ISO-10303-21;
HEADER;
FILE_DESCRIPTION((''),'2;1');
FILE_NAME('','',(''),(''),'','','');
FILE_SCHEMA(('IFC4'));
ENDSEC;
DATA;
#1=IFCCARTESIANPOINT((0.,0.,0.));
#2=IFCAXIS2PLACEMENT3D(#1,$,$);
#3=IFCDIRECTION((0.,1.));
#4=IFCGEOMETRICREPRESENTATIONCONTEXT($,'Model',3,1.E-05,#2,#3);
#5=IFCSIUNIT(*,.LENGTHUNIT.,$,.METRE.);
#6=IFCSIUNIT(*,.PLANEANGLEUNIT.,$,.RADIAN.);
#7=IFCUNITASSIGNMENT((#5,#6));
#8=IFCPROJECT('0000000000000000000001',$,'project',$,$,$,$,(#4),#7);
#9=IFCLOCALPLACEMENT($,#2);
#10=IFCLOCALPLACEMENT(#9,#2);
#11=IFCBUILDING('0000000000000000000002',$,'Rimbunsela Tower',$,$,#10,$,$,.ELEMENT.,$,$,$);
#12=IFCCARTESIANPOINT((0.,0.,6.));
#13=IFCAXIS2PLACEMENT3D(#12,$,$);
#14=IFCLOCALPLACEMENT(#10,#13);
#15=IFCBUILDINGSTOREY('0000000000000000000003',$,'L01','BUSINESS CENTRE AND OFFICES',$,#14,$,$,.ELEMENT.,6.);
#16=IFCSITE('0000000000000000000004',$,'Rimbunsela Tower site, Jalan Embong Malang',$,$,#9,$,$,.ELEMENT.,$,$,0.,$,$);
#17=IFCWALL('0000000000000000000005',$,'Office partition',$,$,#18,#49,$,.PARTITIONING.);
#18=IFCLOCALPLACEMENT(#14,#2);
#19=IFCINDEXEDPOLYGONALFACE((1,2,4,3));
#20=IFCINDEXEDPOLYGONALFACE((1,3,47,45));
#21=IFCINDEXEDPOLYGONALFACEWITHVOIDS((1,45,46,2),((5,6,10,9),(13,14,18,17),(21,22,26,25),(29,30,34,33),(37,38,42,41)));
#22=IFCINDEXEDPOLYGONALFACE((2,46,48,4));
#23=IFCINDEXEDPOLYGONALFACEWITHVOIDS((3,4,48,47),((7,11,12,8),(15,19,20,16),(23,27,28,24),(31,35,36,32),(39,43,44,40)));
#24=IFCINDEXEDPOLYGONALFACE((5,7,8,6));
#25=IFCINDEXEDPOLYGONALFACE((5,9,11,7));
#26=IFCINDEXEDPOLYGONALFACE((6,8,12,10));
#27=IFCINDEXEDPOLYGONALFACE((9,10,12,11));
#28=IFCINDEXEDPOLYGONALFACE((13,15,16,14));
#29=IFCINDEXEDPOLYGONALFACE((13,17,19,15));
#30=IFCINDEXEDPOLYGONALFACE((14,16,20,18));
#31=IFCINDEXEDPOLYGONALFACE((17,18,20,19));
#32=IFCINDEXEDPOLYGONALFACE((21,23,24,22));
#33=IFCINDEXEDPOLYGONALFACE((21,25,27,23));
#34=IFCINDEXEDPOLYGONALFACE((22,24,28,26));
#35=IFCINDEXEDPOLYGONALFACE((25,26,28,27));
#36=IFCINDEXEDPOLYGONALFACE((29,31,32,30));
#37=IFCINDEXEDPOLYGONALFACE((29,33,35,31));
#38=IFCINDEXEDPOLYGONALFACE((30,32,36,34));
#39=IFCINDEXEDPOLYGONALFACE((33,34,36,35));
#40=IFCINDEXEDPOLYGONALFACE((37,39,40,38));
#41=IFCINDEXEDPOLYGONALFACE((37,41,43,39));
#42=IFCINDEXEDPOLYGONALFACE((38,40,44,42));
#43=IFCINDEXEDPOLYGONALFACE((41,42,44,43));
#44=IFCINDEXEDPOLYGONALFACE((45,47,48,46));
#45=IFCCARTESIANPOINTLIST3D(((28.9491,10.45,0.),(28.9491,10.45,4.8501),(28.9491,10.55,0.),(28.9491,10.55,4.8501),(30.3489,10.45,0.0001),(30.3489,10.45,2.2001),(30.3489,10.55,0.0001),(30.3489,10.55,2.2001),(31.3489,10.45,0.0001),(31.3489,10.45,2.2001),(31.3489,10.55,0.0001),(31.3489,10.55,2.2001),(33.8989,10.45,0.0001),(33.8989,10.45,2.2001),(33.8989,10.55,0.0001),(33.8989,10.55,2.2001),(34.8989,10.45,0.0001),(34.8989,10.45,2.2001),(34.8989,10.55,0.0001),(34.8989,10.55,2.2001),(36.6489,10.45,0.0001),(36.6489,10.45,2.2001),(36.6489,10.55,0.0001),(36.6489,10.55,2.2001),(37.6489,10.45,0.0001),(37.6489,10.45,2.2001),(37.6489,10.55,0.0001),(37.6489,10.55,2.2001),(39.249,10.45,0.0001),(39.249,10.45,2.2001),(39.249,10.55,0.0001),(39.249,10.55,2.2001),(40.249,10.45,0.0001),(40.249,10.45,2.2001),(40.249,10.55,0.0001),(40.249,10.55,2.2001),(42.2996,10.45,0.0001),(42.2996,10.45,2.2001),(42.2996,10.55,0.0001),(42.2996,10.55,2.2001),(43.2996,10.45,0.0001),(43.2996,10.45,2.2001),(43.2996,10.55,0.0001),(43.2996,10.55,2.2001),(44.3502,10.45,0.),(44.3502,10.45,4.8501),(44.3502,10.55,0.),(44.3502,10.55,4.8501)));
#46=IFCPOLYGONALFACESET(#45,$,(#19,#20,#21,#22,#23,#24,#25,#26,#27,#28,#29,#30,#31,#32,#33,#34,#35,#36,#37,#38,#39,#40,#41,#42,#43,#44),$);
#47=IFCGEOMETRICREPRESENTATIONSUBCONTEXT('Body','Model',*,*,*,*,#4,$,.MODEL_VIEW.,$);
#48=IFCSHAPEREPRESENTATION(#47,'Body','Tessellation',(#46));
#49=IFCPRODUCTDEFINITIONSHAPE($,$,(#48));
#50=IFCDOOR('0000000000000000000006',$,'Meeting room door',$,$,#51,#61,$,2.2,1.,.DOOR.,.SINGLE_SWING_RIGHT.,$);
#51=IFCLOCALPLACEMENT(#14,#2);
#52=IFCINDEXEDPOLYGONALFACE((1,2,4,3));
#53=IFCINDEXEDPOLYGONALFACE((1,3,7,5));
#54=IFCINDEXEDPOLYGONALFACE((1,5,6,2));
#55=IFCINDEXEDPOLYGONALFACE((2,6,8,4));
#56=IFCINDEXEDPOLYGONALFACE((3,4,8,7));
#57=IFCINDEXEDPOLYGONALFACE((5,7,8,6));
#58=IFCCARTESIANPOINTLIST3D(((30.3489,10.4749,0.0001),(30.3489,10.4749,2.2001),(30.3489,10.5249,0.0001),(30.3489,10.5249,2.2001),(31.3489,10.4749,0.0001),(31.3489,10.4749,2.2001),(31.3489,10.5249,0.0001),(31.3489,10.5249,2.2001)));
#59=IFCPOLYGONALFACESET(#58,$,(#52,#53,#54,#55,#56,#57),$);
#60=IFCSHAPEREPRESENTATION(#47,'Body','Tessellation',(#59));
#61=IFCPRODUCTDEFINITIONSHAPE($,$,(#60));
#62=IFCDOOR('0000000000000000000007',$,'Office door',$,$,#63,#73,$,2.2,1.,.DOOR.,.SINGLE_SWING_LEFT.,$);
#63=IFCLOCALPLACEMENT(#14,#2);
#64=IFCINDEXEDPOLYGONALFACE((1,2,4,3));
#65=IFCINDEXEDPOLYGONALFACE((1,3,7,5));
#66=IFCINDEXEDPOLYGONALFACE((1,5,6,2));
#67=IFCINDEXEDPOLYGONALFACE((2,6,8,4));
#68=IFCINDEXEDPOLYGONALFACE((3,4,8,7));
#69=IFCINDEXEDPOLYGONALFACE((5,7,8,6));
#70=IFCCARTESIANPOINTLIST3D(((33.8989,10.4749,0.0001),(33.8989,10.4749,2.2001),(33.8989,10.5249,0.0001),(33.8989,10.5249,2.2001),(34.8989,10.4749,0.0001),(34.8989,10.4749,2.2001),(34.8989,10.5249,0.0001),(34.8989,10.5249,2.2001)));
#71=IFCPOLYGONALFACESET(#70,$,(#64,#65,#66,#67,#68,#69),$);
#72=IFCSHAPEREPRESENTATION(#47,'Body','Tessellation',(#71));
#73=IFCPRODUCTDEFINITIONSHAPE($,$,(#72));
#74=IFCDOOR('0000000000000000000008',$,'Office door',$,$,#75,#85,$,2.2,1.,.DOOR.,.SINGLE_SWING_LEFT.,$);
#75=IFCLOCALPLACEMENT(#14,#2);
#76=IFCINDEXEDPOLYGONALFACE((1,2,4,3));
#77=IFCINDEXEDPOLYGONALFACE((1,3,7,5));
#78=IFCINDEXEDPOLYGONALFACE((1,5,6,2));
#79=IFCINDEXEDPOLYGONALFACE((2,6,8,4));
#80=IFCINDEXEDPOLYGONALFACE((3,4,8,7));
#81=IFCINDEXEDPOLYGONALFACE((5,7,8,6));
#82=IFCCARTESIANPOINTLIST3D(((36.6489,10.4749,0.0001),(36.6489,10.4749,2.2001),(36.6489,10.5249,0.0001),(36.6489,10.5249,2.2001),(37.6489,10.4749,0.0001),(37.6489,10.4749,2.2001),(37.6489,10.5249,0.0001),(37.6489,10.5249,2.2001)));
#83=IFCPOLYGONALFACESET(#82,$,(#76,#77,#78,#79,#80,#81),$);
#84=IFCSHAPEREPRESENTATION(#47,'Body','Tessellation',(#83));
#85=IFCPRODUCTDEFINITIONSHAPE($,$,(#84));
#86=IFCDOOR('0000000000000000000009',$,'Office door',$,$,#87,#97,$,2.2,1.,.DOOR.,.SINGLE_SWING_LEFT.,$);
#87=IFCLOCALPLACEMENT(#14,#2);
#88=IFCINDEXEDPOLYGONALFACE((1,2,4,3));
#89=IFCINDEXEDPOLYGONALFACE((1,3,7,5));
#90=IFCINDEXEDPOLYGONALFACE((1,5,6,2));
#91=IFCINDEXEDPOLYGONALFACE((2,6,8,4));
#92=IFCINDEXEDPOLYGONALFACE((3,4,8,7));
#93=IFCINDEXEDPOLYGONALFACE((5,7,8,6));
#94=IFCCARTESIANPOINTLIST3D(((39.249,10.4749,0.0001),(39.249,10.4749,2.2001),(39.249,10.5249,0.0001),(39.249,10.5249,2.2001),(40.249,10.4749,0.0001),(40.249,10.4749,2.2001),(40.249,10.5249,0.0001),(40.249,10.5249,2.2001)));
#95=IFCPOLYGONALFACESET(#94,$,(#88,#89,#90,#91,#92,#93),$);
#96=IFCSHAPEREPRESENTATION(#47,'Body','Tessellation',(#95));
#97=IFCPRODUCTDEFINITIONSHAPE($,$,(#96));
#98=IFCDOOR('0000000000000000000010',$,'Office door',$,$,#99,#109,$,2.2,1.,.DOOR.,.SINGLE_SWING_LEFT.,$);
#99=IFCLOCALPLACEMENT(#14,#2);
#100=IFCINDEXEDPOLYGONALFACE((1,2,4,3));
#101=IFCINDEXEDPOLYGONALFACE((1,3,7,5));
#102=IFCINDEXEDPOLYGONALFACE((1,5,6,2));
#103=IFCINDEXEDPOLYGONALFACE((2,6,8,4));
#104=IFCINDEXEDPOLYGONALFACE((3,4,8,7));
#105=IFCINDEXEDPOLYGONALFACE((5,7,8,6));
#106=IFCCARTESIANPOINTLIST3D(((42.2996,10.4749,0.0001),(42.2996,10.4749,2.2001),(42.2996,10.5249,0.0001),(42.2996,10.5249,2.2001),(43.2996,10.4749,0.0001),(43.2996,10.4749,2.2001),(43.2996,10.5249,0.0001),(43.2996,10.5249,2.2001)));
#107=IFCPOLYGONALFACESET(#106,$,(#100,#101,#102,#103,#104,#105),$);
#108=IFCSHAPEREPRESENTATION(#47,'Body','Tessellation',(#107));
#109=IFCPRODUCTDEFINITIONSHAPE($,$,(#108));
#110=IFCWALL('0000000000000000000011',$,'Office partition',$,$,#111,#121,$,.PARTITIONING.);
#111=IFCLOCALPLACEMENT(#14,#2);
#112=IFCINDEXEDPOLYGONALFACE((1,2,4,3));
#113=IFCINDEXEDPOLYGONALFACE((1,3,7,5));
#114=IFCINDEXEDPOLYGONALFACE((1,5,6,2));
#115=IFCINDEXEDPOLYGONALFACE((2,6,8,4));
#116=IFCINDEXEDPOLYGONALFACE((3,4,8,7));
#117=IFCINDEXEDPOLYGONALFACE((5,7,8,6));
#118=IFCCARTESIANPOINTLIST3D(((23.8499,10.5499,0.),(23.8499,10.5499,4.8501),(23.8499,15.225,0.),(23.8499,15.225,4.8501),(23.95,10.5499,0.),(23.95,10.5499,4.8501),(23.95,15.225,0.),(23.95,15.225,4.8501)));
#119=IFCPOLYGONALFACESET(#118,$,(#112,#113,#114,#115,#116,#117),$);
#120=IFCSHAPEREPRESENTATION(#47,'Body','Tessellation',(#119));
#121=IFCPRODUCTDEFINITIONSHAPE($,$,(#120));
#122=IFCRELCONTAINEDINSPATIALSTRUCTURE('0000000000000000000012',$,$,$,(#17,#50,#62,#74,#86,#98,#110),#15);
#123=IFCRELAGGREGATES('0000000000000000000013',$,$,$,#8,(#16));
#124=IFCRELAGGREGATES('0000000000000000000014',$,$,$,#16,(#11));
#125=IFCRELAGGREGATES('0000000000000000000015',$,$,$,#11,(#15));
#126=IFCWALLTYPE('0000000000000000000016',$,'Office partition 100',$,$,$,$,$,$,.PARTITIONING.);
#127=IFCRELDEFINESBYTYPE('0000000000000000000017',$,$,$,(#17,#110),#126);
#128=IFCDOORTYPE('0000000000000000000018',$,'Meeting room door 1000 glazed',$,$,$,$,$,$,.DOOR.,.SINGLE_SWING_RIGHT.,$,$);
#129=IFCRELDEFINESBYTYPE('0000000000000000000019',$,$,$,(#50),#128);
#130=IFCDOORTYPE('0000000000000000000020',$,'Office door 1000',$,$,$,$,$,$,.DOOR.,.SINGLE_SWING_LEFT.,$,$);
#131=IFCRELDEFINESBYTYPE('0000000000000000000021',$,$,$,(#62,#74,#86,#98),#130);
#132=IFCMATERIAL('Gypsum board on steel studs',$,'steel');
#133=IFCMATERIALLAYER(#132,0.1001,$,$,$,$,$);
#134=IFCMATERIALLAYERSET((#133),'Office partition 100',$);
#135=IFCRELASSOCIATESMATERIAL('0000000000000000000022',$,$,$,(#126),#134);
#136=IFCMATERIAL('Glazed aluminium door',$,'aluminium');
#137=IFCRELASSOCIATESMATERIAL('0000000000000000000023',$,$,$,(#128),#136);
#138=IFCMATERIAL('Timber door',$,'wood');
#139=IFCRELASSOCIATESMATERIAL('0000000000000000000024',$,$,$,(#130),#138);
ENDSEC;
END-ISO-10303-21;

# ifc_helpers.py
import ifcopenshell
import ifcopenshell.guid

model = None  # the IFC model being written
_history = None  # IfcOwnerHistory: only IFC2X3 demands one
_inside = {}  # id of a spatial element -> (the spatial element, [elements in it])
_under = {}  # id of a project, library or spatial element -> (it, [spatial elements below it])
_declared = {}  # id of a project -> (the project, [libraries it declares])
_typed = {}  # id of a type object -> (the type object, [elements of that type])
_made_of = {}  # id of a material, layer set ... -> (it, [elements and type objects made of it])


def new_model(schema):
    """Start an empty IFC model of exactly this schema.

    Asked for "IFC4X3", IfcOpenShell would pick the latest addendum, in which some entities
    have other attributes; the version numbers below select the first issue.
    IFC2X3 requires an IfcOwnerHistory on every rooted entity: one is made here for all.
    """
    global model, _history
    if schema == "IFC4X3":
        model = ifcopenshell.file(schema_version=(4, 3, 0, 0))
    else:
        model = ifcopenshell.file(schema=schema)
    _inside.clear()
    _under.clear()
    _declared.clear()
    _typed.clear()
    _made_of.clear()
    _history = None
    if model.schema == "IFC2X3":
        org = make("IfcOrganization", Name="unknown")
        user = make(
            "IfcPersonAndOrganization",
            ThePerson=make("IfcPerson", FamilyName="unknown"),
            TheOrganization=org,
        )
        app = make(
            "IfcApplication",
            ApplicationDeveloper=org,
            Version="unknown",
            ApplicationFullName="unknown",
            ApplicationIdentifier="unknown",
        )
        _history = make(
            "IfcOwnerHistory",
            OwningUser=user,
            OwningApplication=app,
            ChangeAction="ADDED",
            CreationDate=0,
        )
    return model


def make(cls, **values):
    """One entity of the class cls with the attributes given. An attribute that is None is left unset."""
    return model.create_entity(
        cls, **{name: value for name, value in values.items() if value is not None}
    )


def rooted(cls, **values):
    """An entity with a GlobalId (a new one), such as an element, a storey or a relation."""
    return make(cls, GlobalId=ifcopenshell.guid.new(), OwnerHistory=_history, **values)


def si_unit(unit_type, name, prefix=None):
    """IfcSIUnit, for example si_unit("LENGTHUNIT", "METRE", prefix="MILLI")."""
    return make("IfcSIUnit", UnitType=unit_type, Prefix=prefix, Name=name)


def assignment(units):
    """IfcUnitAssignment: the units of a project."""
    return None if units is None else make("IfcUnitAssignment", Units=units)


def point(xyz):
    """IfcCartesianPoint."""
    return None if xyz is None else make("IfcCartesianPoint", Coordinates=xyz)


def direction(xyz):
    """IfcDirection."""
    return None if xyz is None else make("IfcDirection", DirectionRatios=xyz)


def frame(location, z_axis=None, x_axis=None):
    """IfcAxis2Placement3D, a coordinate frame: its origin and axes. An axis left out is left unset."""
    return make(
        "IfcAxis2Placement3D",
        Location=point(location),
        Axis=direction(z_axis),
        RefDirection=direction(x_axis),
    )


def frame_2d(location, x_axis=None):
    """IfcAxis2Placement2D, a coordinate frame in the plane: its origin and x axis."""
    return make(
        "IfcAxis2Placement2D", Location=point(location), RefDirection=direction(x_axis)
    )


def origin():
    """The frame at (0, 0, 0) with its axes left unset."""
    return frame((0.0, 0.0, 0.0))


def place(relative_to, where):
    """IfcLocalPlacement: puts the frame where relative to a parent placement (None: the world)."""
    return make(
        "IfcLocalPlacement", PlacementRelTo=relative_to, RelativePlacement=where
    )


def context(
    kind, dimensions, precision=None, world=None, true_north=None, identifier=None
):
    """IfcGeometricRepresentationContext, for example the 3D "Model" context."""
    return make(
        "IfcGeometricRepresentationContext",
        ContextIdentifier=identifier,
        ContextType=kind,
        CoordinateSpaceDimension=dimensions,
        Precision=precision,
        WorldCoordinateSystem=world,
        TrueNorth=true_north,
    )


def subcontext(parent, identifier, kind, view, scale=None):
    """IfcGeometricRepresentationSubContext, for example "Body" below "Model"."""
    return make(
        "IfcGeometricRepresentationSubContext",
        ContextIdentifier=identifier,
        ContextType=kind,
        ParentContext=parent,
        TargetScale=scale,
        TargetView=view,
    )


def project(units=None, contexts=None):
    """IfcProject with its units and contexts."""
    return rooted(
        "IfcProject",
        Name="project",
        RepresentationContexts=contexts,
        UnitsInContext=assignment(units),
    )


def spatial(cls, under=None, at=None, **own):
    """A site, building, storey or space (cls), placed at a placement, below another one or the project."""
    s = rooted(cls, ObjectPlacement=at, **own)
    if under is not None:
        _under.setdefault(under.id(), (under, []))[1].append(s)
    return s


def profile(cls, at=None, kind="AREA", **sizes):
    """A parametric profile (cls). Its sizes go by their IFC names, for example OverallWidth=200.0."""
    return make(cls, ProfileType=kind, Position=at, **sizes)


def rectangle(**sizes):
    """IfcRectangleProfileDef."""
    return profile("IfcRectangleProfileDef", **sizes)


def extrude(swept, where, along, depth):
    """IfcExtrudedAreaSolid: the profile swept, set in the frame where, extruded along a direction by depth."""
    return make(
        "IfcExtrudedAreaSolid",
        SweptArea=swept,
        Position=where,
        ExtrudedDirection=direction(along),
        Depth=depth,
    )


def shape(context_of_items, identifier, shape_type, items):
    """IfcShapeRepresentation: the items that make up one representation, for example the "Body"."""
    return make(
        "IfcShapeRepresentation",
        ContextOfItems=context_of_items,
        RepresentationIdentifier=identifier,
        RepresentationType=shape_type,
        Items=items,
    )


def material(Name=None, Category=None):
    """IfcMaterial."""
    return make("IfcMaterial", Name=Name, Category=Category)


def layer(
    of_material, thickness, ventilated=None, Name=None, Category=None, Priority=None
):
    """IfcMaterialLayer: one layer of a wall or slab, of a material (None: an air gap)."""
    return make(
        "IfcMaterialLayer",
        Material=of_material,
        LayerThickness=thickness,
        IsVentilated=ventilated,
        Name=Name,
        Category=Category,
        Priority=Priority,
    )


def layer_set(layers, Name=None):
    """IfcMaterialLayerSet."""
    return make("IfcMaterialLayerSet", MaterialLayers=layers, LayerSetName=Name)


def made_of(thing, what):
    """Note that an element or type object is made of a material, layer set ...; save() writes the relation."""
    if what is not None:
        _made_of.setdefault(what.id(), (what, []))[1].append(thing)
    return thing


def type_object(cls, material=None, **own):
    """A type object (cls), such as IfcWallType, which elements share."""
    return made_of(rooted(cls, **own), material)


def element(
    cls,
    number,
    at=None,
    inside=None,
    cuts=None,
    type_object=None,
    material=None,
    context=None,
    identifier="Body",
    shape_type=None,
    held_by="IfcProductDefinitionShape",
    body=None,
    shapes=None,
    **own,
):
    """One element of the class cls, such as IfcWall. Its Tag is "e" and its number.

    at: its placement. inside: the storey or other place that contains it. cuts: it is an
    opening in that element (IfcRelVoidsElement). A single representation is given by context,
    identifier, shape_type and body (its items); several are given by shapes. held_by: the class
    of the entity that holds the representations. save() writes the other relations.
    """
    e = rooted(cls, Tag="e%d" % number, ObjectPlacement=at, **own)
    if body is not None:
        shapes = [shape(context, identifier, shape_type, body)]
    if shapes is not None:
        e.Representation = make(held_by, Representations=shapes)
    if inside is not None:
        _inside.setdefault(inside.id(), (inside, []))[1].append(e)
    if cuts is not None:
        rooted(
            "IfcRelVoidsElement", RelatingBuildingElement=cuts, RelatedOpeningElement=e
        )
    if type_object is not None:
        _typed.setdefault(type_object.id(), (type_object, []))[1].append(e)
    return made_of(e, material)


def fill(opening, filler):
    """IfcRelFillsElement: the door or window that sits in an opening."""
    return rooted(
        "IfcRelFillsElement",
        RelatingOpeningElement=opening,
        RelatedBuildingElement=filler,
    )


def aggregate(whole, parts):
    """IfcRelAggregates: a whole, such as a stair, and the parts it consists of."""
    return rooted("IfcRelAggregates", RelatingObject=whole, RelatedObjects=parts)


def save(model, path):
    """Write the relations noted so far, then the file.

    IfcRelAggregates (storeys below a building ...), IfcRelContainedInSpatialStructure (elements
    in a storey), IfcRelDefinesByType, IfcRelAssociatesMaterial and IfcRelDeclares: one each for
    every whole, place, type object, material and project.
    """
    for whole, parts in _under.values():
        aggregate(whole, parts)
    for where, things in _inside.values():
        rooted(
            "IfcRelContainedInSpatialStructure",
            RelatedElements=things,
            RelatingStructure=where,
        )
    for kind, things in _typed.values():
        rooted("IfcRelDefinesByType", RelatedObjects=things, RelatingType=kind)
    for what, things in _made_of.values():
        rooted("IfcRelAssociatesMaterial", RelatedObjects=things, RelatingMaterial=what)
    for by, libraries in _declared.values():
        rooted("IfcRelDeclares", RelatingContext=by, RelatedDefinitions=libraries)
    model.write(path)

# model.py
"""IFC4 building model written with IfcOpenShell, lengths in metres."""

from ifc_helpers import new_model, si_unit, direction, frame, frame_2d, origin, place, context, subcontext, project, spatial, rectangle, extrude, material, layer, layer_set, type_object, element, fill, save


model = new_model("IFC4")

# Units and contexts
model_context = context("Model", 3, precision=1e-05, world=origin(), true_north=direction((0.0, 1.0)))
body_context = subcontext(model_context, "Body", "Model", "MODEL_VIEW")
ifc_project = project(units=[si_unit("LENGTHUNIT", "METRE"), si_unit("PLANEANGLEUNIT", "RADIAN")], contexts=[model_context])

# Site, building, storey
site_placement = place(None, origin())
site = spatial("IfcSite", under=ifc_project, at=site_placement, Name="Rimbunsela Tower site, Jalan Embong Malang", CompositionType="ELEMENT", RefElevation=0.0)
building_placement = place(site_placement, origin())
building = spatial("IfcBuilding", under=site, at=building_placement, Name="Rimbunsela Tower", CompositionType="ELEMENT")
storey_placement = place(building_placement, frame((0.0, 0.0, 6.0)))
storey = spatial("IfcBuildingStorey", under=building, at=storey_placement, Name="L01", Description="BUSINESS CENTRE AND OFFICES", CompositionType="ELEMENT", Elevation=6.0)

# Wall, openings, doors
ifc_material_1 = material(Name="Gypsum board on steel studs", Category="steel")
ifc_layer = layer(ifc_material_1, 0.1001)
ifc_layer_set = layer_set([ifc_layer], Name="Office partition 100")
wall_type = type_object("IfcWallType", Name="Office partition 100", PredefinedType="PARTITIONING", material=ifc_layer_set)
wall_1_placement = place(storey_placement, frame((28.949, 10.5, 0.0), z_axis=(0.0, 0.0, 1.0), x_axis=(1.0, 0.0, 0.0)))
wall_1 = element("IfcWall", 1, at=wall_1_placement, inside=storey, type_object=wall_type, Name="Office partition", PredefinedType="PARTITIONING", context=body_context, shape_type="SweptSolid", body=[
    extrude(rectangle(XDim=15.4011, YDim=0.1001, at=frame_2d((7.7007, 0.0))), origin(), (0.0, 0.0, 1.0), 4.8501),
])
opening_1_placement = place(wall_1_placement, frame((1.3999, 0.0, 0.0)))
opening_1 = element("IfcOpeningElement", 2, at=opening_1_placement, cuts=wall_1, PredefinedType="OPENING", context=body_context, shape_type="SweptSolid", body=[
    extrude(rectangle(XDim=1.0, YDim=2.2, at=frame_2d((0.5, 1.1001))), frame((0.0, 0.0601, 0.0), z_axis=(0.0, -1.0, 0.0), x_axis=(1.0, 0.0, 0.0)), (0.0, 0.0, 1.0), 0.1201),
])
opening_2_placement = place(wall_1_placement, frame((4.95, 0.0, 0.0)))
opening_2 = element("IfcOpeningElement", 3, at=opening_2_placement, cuts=wall_1, PredefinedType="OPENING", context=body_context, shape_type="SweptSolid", body=[
    extrude(rectangle(XDim=1.0, YDim=2.2, at=frame_2d((0.5, 1.1001))), frame((0.0, 0.0601, 0.0), z_axis=(0.0, -1.0, 0.0), x_axis=(1.0, 0.0, 0.0)), (0.0, 0.0, 1.0), 0.1201),
])
opening_3_placement = place(wall_1_placement, frame((7.7, 0.0, 0.0)))
opening_3 = element("IfcOpeningElement", 4, at=opening_3_placement, cuts=wall_1, PredefinedType="OPENING", context=body_context, shape_type="SweptSolid", body=[
    extrude(rectangle(XDim=1.0, YDim=2.2, at=frame_2d((0.5, 1.1001))), frame((0.0, 0.0601, 0.0), z_axis=(0.0, -1.0, 0.0), x_axis=(1.0, 0.0, 0.0)), (0.0, 0.0, 1.0), 0.1201),
])
opening_4_placement = place(wall_1_placement, frame((10.3, 0.0, 0.0)))
opening_4 = element("IfcOpeningElement", 5, at=opening_4_placement, cuts=wall_1, PredefinedType="OPENING", context=body_context, shape_type="SweptSolid", body=[
    extrude(rectangle(XDim=1.0, YDim=2.2, at=frame_2d((0.5, 1.1001))), frame((0.0, 0.0601, 0.0), z_axis=(0.0, -1.0, 0.0), x_axis=(1.0, 0.0, 0.0)), (0.0, 0.0, 1.0), 0.1201),
])
opening_5_placement = place(wall_1_placement, frame((13.3506, 0.0, 0.0)))
opening_5 = element("IfcOpeningElement", 6, at=opening_5_placement, cuts=wall_1, PredefinedType="OPENING", context=body_context, shape_type="SweptSolid", body=[
    extrude(rectangle(XDim=1.0, YDim=2.2, at=frame_2d((0.5, 1.1001))), frame((0.0, 0.0601, 0.0), z_axis=(0.0, -1.0, 0.0), x_axis=(1.0, 0.0, 0.0)), (0.0, 0.0, 1.0), 0.1201),
])
ifc_material_2 = material(Name="Glazed aluminium door", Category="aluminium")
door_type_1 = type_object("IfcDoorType", Name="Meeting room door 1000 glazed", OperationType="SINGLE_SWING_RIGHT", PredefinedType="DOOR", material=ifc_material_2)
door_1_placement = place(opening_1_placement, origin())
door_1 = element("IfcDoor", 7, at=door_1_placement, inside=storey, type_object=door_type_1, Name="Meeting room door", OperationType="SINGLE_SWING_RIGHT", OverallHeight=2.2, OverallWidth=1.0, PredefinedType="DOOR", context=body_context, shape_type="SweptSolid", body=[
    extrude(rectangle(XDim=1.0, YDim=2.2, at=frame_2d((0.5, 1.1001))), frame((0.0, 0.0249, 0.0), z_axis=(0.0, -1.0, 0.0), x_axis=(1.0, 0.0, 0.0)), (0.0, 0.0, 1.0), 0.05),
])
fill(opening_1, door_1)
ifc_material_3 = material(Name="Timber door", Category="wood")
door_type_2 = type_object("IfcDoorType", Name="Office door 1000", OperationType="SINGLE_SWING_LEFT", PredefinedType="DOOR", material=ifc_material_3)
door_2_placement = place(opening_2_placement, origin())
door_2 = element("IfcDoor", 8, at=door_2_placement, inside=storey, type_object=door_type_2, Name="Office door", OperationType="SINGLE_SWING_LEFT", OverallHeight=2.2, OverallWidth=1.0, PredefinedType="DOOR", context=body_context, shape_type="SweptSolid", body=[
    extrude(rectangle(XDim=1.0, YDim=2.2, at=frame_2d((0.5, 1.1001))), frame((0.0, 0.0249, 0.0), z_axis=(0.0, -1.0, 0.0), x_axis=(1.0, 0.0, 0.0)), (0.0, 0.0, 1.0), 0.05),
])
fill(opening_2, door_2)
door_3_placement = place(opening_3_placement, origin())
door_3 = element("IfcDoor", 9, at=door_3_placement, inside=storey, type_object=door_type_2, Name="Office door", OperationType="SINGLE_SWING_LEFT", OverallHeight=2.2, OverallWidth=1.0, PredefinedType="DOOR", context=body_context, shape_type="SweptSolid", body=[
    extrude(rectangle(XDim=1.0, YDim=2.2, at=frame_2d((0.5, 1.1001))), frame((0.0, 0.0249, 0.0), z_axis=(0.0, -1.0, 0.0), x_axis=(1.0, 0.0, 0.0)), (0.0, 0.0, 1.0), 0.05),
])
fill(opening_3, door_3)
door_4_placement = place(opening_4_placement, origin())
door_4 = element("IfcDoor", 10, at=door_4_placement, inside=storey, type_object=door_type_2, Name="Office door", OperationType="SINGLE_SWING_LEFT", OverallHeight=2.2, OverallWidth=1.0, PredefinedType="DOOR", context=body_context, shape_type="SweptSolid", body=[
    extrude(rectangle(XDim=1.0, YDim=2.2, at=frame_2d((0.5, 1.1001))), frame((0.0, 0.0249, 0.0), z_axis=(0.0, -1.0, 0.0), x_axis=(1.0, 0.0, 0.0)), (0.0, 0.0, 1.0), 0.05),
])
fill(opening_4, door_4)
door_5_placement = place(opening_5_placement, origin())
door_5 = element("IfcDoor", 11, at=door_5_placement, inside=storey, type_object=door_type_2, Name="Office door", OperationType="SINGLE_SWING_LEFT", OverallHeight=2.2, OverallWidth=1.0, PredefinedType="DOOR", context=body_context, shape_type="SweptSolid", body=[
    extrude(rectangle(XDim=1.0, YDim=2.2, at=frame_2d((0.5, 1.1001))), frame((0.0, 0.0249, 0.0), z_axis=(0.0, -1.0, 0.0), x_axis=(1.0, 0.0, 0.0)), (0.0, 0.0, 1.0), 0.05),
])
fill(opening_5, door_5)

# Wall
wall_2_placement = place(storey_placement, frame((23.8999, 10.55, 0.0), z_axis=(0.0, 0.0, 1.0), x_axis=(0.0, 1.0, 0.0)))
element("IfcWall", 12, at=wall_2_placement, inside=storey, type_object=wall_type, Name="Office partition", PredefinedType="PARTITIONING", context=body_context, shape_type="SweptSolid", body=[
    extrude(rectangle(XDim=4.675, YDim=0.1001, at=frame_2d((2.3374, 0.0))), origin(), (0.0, 0.0, 1.0), 4.8501),
])

save(model, "model.ifc")
